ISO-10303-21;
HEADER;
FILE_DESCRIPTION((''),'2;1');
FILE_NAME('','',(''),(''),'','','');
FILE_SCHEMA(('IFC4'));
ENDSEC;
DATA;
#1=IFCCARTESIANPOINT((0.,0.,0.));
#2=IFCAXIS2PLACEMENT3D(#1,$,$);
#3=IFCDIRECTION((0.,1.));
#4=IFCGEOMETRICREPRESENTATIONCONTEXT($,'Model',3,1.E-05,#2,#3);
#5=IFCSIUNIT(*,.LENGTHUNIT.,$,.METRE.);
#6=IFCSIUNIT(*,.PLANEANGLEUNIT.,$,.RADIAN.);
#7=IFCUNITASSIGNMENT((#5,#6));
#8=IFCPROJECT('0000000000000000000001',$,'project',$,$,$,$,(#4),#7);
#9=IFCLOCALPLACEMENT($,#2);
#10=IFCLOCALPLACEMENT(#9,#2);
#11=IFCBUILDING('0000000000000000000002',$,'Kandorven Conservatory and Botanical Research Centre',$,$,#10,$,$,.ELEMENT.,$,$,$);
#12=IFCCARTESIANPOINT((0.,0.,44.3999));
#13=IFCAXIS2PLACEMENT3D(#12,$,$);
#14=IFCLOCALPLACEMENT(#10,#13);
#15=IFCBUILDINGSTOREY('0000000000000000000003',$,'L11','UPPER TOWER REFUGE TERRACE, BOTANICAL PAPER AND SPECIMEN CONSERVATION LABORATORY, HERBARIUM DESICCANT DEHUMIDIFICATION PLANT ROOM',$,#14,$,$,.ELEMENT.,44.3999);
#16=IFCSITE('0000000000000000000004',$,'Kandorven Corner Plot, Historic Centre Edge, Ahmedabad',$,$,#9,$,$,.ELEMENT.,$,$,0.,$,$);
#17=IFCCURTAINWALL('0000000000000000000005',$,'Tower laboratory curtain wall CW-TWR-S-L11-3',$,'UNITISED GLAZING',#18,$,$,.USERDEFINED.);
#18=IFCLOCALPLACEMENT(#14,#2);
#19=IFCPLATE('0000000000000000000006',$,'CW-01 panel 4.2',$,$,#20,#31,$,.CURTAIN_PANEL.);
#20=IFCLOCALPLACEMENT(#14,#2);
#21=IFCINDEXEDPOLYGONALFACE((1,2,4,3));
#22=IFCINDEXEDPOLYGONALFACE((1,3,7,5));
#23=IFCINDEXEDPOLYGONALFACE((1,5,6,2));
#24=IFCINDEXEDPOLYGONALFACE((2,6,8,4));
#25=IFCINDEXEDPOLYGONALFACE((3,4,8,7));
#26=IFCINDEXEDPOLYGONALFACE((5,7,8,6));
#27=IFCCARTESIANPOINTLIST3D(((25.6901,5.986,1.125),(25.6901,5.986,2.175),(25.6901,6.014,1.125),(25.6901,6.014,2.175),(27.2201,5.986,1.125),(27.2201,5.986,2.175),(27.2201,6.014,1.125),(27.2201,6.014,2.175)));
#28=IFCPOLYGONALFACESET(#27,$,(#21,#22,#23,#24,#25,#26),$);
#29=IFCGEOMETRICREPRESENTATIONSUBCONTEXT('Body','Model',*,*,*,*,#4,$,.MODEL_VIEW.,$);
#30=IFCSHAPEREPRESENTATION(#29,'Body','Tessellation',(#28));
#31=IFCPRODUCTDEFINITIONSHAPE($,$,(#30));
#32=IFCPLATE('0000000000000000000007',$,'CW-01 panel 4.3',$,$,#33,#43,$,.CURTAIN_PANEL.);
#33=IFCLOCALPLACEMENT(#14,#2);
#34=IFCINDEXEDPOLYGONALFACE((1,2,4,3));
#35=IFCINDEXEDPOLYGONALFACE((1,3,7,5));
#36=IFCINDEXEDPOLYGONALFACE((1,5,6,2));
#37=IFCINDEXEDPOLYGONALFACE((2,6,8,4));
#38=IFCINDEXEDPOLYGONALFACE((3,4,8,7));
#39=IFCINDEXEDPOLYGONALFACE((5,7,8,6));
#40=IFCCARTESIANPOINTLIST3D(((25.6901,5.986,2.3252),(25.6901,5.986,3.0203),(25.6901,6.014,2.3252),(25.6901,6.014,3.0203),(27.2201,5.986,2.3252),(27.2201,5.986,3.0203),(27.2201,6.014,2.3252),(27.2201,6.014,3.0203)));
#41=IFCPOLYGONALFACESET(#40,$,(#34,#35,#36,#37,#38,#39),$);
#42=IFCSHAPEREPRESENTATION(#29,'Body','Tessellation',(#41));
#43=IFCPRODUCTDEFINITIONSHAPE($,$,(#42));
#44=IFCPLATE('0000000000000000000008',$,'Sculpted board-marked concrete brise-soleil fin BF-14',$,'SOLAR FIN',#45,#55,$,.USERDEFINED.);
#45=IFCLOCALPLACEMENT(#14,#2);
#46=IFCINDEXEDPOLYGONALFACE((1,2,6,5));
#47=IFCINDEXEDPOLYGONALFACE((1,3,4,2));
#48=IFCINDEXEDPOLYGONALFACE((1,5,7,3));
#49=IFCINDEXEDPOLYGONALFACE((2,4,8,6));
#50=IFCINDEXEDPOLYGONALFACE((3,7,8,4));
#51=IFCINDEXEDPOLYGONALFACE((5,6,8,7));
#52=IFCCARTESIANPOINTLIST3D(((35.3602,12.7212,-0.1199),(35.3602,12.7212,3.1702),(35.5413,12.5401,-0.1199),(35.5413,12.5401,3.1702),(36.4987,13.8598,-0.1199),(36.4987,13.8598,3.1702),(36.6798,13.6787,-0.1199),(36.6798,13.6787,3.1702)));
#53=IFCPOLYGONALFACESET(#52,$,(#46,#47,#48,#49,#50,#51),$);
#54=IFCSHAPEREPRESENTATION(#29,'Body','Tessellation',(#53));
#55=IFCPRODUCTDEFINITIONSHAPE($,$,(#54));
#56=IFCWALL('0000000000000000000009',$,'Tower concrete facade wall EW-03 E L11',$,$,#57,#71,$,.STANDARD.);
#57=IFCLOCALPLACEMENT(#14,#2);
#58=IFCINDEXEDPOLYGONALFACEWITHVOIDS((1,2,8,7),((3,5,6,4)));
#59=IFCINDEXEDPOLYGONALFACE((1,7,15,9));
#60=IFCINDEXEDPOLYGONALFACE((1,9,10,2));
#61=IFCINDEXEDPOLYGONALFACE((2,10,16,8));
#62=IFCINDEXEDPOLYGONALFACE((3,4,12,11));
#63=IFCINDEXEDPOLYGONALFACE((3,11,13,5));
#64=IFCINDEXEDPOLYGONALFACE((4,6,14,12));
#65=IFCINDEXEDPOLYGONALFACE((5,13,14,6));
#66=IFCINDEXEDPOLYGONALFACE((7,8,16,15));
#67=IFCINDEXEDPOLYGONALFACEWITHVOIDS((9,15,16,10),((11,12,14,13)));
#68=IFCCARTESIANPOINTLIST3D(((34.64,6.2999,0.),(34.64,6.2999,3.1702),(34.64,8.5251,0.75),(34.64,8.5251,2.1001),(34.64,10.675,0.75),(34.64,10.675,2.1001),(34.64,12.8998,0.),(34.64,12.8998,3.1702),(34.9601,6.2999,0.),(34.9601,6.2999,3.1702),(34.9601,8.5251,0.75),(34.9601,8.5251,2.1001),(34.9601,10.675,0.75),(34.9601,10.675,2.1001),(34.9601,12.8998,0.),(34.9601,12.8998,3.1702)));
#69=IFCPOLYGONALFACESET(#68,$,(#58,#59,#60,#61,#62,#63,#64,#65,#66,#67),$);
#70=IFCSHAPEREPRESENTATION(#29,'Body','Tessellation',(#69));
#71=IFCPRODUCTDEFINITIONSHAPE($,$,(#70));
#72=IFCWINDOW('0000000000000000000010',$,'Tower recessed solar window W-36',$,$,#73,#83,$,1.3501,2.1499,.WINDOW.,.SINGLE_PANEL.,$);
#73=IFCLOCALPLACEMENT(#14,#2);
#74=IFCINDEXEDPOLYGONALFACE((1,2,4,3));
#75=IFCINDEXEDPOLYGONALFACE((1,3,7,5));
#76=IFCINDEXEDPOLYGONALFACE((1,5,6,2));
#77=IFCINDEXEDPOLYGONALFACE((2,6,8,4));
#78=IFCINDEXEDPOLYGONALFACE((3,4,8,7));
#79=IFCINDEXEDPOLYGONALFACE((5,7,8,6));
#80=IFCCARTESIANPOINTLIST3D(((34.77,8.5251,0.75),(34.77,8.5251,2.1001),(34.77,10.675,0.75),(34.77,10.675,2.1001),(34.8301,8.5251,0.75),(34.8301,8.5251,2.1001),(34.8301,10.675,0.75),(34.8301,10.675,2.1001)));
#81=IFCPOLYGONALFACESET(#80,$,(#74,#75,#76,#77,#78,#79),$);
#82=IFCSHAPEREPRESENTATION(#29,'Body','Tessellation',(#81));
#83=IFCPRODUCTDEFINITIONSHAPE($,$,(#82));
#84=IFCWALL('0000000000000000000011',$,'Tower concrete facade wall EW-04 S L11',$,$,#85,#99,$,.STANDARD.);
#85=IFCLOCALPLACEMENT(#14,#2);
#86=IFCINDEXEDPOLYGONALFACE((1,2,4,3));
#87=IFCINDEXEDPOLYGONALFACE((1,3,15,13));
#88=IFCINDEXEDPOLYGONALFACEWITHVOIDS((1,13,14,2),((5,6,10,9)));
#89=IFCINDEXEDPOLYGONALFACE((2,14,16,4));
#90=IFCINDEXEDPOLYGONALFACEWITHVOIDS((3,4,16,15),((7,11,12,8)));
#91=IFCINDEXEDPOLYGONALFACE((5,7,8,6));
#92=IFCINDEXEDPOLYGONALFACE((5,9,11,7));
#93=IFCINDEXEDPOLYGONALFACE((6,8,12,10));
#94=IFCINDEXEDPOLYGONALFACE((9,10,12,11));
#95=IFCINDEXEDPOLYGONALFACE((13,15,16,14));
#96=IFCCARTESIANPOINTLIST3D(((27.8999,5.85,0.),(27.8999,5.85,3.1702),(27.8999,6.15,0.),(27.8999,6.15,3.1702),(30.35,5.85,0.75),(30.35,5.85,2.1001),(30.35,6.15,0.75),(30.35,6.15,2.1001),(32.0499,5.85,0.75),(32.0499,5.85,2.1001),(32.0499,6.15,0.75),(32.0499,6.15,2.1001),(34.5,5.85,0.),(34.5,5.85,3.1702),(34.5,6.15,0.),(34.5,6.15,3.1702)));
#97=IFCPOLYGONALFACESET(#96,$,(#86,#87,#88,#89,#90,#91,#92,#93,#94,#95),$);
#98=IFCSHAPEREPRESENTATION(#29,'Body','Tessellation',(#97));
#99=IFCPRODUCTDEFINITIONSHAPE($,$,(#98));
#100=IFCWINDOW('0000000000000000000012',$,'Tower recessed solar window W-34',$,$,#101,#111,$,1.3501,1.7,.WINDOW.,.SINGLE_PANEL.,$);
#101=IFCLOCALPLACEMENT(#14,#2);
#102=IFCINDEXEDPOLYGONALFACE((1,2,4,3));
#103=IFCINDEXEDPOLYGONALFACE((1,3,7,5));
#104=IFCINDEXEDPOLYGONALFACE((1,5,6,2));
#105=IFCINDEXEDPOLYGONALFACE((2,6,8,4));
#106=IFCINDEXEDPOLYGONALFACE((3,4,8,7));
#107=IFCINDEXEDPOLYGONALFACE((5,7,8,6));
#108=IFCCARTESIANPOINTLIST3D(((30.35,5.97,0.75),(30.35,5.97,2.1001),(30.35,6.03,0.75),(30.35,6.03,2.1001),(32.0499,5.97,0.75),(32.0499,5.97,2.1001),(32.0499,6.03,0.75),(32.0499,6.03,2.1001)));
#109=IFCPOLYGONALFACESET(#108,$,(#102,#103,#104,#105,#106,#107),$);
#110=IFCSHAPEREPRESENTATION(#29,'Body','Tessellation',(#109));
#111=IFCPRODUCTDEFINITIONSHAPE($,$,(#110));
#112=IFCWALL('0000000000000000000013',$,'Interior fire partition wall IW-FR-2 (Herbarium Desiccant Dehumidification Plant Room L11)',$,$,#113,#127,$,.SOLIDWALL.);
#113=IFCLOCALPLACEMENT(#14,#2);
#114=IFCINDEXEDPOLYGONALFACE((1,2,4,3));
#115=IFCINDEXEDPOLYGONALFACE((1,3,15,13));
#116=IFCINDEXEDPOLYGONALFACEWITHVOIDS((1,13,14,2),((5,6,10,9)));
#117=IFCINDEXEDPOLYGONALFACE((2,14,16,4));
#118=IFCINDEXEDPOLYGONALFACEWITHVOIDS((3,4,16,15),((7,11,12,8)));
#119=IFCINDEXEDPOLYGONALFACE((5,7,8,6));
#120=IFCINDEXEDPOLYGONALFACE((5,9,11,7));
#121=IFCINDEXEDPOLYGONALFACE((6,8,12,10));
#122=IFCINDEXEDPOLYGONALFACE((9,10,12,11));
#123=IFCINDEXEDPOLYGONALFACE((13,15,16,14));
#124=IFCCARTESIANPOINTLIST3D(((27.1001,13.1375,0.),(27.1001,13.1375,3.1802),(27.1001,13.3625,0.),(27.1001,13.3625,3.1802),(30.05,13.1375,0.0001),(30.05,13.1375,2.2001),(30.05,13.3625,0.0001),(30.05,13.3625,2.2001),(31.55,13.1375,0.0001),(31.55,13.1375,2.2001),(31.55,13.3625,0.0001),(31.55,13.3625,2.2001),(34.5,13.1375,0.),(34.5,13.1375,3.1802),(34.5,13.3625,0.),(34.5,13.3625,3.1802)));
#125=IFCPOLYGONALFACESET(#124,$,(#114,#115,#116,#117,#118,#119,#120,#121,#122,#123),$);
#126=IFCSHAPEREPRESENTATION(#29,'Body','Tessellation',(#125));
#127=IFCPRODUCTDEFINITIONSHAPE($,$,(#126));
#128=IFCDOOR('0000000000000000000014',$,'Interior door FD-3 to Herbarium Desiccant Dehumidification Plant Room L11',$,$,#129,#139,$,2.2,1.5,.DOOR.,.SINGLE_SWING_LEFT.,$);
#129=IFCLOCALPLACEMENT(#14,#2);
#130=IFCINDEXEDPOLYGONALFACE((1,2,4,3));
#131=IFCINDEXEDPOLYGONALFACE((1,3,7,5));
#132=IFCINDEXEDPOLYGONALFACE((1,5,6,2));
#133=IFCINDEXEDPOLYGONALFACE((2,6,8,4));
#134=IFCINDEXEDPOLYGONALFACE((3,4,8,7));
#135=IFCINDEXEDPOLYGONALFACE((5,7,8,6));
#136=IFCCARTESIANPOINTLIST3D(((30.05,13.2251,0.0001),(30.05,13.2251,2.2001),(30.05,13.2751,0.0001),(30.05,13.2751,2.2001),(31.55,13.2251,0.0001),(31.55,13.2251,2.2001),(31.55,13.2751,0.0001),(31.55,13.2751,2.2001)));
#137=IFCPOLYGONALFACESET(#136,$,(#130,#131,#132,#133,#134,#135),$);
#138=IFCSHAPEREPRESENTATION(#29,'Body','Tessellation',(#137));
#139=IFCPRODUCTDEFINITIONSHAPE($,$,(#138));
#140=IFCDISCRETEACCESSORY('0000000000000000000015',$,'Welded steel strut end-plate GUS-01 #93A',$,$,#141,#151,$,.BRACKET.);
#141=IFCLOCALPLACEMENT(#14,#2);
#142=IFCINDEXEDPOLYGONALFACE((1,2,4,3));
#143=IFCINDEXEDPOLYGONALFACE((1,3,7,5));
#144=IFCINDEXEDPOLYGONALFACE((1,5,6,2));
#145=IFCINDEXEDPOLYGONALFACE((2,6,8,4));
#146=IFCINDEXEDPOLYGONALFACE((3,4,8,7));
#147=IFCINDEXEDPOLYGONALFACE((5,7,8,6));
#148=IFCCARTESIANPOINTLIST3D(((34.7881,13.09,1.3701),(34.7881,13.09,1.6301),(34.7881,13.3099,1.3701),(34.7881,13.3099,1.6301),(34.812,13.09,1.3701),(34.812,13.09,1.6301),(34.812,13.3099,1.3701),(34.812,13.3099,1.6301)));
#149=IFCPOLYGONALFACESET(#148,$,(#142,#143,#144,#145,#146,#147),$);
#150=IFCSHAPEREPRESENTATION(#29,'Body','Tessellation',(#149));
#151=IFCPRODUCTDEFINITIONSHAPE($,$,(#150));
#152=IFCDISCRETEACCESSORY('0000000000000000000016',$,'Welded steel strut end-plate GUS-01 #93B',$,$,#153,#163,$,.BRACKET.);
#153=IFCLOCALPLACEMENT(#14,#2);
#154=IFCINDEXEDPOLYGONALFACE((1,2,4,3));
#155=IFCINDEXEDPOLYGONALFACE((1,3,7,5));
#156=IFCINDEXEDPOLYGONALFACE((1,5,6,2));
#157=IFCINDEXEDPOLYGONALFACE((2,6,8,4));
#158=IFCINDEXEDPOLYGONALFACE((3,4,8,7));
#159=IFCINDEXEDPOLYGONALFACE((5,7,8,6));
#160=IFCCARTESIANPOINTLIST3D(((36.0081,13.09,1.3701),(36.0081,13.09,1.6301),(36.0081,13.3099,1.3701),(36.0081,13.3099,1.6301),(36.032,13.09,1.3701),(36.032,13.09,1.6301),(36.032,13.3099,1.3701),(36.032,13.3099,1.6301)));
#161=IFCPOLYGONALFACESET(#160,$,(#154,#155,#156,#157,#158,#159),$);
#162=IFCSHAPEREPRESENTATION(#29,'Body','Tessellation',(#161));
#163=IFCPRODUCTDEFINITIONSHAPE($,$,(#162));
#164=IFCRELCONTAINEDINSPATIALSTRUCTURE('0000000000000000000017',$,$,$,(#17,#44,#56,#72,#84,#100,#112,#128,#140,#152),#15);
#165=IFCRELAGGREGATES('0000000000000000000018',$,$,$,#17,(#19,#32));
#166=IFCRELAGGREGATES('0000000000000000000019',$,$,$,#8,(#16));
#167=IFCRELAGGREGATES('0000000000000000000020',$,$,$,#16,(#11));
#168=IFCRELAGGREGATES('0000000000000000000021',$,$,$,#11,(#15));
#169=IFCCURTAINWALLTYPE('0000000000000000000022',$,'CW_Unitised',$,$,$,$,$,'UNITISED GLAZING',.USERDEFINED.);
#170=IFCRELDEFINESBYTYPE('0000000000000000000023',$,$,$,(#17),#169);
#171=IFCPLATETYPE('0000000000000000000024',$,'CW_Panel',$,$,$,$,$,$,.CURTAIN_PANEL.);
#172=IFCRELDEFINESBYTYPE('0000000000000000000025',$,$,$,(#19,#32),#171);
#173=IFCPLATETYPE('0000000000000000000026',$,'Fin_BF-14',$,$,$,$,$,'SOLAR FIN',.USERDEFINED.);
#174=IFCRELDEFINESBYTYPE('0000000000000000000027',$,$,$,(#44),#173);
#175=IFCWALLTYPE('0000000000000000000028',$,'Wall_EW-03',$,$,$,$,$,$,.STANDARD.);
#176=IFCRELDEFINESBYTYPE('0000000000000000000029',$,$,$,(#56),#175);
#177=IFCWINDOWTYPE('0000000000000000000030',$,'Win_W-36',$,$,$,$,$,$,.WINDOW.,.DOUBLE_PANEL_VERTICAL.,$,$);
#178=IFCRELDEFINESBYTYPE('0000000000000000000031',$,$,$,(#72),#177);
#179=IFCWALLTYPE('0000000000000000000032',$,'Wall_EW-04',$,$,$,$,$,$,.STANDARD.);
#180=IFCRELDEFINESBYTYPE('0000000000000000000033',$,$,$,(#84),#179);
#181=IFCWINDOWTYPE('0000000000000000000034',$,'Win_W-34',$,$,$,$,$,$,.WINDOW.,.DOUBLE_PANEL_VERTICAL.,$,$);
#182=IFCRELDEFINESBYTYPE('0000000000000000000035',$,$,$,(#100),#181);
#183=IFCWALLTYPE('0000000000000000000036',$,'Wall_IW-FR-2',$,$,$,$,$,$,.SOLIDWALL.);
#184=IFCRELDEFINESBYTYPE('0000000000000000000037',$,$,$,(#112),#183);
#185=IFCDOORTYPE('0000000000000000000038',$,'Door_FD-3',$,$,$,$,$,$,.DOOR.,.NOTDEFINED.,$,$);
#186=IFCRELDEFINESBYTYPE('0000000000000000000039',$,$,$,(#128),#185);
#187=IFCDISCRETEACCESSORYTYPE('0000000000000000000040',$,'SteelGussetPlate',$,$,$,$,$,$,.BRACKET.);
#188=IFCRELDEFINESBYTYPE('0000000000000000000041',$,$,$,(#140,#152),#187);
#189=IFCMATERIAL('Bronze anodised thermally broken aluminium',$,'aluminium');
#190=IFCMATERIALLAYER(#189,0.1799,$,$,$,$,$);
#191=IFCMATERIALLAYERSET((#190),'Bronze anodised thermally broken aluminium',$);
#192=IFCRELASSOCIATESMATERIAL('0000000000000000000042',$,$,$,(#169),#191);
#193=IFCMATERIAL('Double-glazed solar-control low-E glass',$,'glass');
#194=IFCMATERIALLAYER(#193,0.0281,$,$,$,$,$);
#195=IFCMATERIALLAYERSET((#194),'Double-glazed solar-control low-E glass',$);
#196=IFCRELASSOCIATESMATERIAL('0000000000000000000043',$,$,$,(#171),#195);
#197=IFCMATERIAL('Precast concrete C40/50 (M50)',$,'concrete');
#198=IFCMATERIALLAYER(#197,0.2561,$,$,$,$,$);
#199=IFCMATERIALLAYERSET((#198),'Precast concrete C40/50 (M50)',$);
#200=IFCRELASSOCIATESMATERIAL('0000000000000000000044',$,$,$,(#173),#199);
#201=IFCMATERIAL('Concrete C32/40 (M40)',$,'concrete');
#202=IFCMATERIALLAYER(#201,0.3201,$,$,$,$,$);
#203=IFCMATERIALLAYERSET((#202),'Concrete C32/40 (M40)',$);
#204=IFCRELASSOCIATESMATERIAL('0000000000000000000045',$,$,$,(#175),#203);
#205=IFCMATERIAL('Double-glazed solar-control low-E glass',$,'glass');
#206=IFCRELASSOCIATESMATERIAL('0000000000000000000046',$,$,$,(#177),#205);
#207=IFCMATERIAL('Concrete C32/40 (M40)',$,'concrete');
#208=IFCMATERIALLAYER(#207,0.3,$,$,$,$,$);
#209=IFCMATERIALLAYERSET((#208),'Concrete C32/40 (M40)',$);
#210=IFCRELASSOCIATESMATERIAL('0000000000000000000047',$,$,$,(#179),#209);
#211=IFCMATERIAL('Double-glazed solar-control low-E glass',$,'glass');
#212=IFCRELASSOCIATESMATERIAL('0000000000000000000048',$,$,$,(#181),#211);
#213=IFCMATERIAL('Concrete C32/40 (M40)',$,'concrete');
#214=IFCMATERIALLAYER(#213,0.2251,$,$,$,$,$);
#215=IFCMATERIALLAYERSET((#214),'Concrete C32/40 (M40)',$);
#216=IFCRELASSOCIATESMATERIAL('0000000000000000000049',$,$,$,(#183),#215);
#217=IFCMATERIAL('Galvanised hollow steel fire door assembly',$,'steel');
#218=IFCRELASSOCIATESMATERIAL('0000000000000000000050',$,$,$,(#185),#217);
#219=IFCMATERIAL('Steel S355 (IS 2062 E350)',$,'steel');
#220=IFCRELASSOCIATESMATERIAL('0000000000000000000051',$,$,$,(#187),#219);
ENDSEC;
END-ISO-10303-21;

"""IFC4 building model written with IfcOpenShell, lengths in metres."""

from ifc_helpers import new_model, si_unit, direction, frame, frame_2d, origin, origin_2d, place, context, subcontext, project, spatial, rectangle, extrude, material, layer, layer_set, type_object, element, fill, aggregate, save


model = new_model("IFC4")

# Units and contexts
model_context = context("Model", 3, precision=1e-05, world=origin(), true_north=direction((0.0, 1.0)))
body_context = subcontext(model_context, "Body", "Model", "MODEL_VIEW")
ifc_project = project(units=[si_unit("LENGTHUNIT", "METRE"), si_unit("PLANEANGLEUNIT", "RADIAN")], contexts=[model_context])

# Site, building, storey
site_placement = place(None, origin())
site = spatial("IfcSite", under=ifc_project, at=site_placement, Name="Kandorven Corner Plot, Historic Centre Edge, Ahmedabad", CompositionType="ELEMENT", RefElevation=0.0)
building_placement = place(site_placement, origin())
building = spatial("IfcBuilding", under=site, at=building_placement, Name="Kandorven Conservatory and Botanical Research Centre", CompositionType="ELEMENT")
storey_placement = place(building_placement, frame((0.0, 0.0, 44.3999)))
storey = spatial("IfcBuildingStorey", under=building, at=storey_placement, Name="L11", Description="UPPER TOWER REFUGE TERRACE, BOTANICAL PAPER AND SPECIMEN CONSERVATION LABORATORY, HERBARIUM DESICCANT DEHUMIDIFICATION PLANT ROOM", CompositionType="ELEMENT", Elevation=44.3999)

# Curtain wall
ifc_material_1 = material(Name="Bronze anodised thermally broken aluminium", Category="aluminium")
ifc_layer_1 = layer(ifc_material_1, 0.1799)
ifc_layer_set_1 = layer_set([ifc_layer_1], Name="Bronze anodised thermally broken aluminium")
curtain_wall_type = type_object("IfcCurtainWallType", Name="CW_Unitised", ElementType="UNITISED GLAZING", PredefinedType="USERDEFINED", material=ifc_layer_set_1)
curtain_wall_placement = place(storey_placement, origin())
curtain_wall = element("IfcCurtainWall", 1, at=curtain_wall_placement, inside=storey, type_object=curtain_wall_type, Name="Tower laboratory curtain wall CW-TWR-S-L11-3", ObjectType="UNITISED GLAZING", PredefinedType="USERDEFINED")

# Plates
ifc_material_2 = material(Name="Double-glazed solar-control low-E glass", Category="glass")
ifc_layer_2 = layer(ifc_material_2, 0.0281)
ifc_layer_set_2 = layer_set([ifc_layer_2], Name="Double-glazed solar-control low-E glass")
plate_type_1 = type_object("IfcPlateType", Name="CW_Panel", PredefinedType="CURTAIN_PANEL", material=ifc_layer_set_2)
plate_1_placement = place(storey_placement, frame((26.4551, 6.0, 1.125), z_axis=(0.0, 0.0, 1.0), x_axis=(1.0, 0.0, 0.0)))
plate_1 = element("IfcPlate", 2, at=plate_1_placement, type_object=plate_type_1, Name="CW-01 panel 4.2", PredefinedType="CURTAIN_PANEL", context=body_context, shape_type="SweptSolid", body=[
    extrude(rectangle(XDim=1.53, YDim=0.0281, at=origin_2d()), origin(), (0.0, 0.0, 1.0), 1.05),
])
plate_2_placement = place(storey_placement, frame((26.4551, 6.0, 2.3252), z_axis=(0.0, 0.0, 1.0), x_axis=(1.0, 0.0, 0.0)))
plate_2 = element("IfcPlate", 3, at=plate_2_placement, type_object=plate_type_1, Name="CW-01 panel 4.3", PredefinedType="CURTAIN_PANEL", context=body_context, shape_type="SweptSolid", body=[
    extrude(rectangle(XDim=1.53, YDim=0.0281, at=origin_2d()), origin(), (0.0, 0.0, 1.0), 0.6951),
])
aggregate(curtain_wall, [plate_1, plate_2])
ifc_material_3 = material(Name="Precast concrete C40/50 (M50)", Category="concrete")
ifc_layer_3 = layer(ifc_material_3, 0.2561)
ifc_layer_set_3 = layer_set([ifc_layer_3], Name="Precast concrete C40/50 (M50)")
plate_type_2 = type_object("IfcPlateType", Name="Fin_BF-14", ElementType="SOLAR FIN", PredefinedType="USERDEFINED", material=ifc_layer_set_3)
plate_3_placement = place(storey_placement, frame((36.02, 13.2, -0.1199), z_axis=(0.0, 0.0, 1.0), x_axis=(0.707107, 0.707107, 0.0)))
element("IfcPlate", 4, at=plate_3_placement, inside=storey, type_object=plate_type_2, Name="Sculpted board-marked concrete brise-soleil fin BF-14", ObjectType="SOLAR FIN", PredefinedType="USERDEFINED", context=body_context, shape_type="SweptSolid", body=[
    extrude(rectangle(XDim=1.6101, YDim=0.2561, at=origin_2d()), origin(), (0.0, 0.0, 1.0), 3.29),
])

# Walls, openings, windows
ifc_material_4 = material(Name="Concrete C32/40 (M40)", Category="concrete")
ifc_layer_4 = layer(ifc_material_4, 0.3201)
ifc_layer_set_4 = layer_set([ifc_layer_4], Name="Concrete C32/40 (M40)")
wall_type_1 = type_object("IfcWallType", Name="Wall_EW-03", PredefinedType="STANDARD", material=ifc_layer_set_4)
wall_1_placement = place(storey_placement, frame((34.8, 6.3, 0.0), z_axis=(0.0, 0.0, 1.0), x_axis=(0.0, 1.0, 0.0)))
wall_1 = element("IfcWall", 5, at=wall_1_placement, inside=storey, type_object=wall_type_1, Name="Tower concrete facade wall EW-03 E L11", PredefinedType="STANDARD", context=body_context, shape_type="SweptSolid", body=[
    extrude(rectangle(XDim=6.5999, YDim=0.3201, at=frame_2d((3.2998, 0.0))), origin(), (0.0, 0.0, 1.0), 3.1702),
])
opening_1_placement = place(wall_1_placement, frame((2.2251, 0.0, 0.75)))
opening_1 = element("IfcOpeningElement", 6, at=opening_1_placement, cuts=wall_1, PredefinedType="OPENING", context=body_context, shape_type="SweptSolid", body=[
    extrude(rectangle(XDim=2.1499, YDim=1.3501, at=frame_2d((1.075, 0.675))), frame((0.0, 0.1699, 0.0), z_axis=(0.0, -1.0, 0.0), x_axis=(1.0, 0.0, 0.0)), (0.0, 0.0, 1.0), 0.3401),
])
ifc_material_5 = material(Name="Double-glazed solar-control low-E glass", Category="glass")
window_type_1 = type_object("IfcWindowType", Name="Win_W-36", PartitioningType="DOUBLE_PANEL_VERTICAL", PredefinedType="WINDOW", material=ifc_material_5)
window_1_placement = place(opening_1_placement, origin())
window_1 = element("IfcWindow", 7, at=window_1_placement, inside=storey, type_object=window_type_1, Name="Tower recessed solar window W-36", OverallHeight=1.3501, OverallWidth=2.1499, PartitioningType="SINGLE_PANEL", PredefinedType="WINDOW", context=body_context, shape_type="SweptSolid", body=[
    extrude(rectangle(XDim=2.1499, YDim=1.3501, at=frame_2d((1.075, 0.675))), frame((0.0, 0.03, 0.0), z_axis=(0.0, -1.0, 0.0), x_axis=(1.0, 0.0, 0.0)), (0.0, 0.0, 1.0), 0.0601),
])
fill(opening_1, window_1)
ifc_material_6 = material(Name="Concrete C32/40 (M40)", Category="concrete")
ifc_layer_5 = layer(ifc_material_6, 0.3)
ifc_layer_set_5 = layer_set([ifc_layer_5], Name="Concrete C32/40 (M40)")
wall_type_2 = type_object("IfcWallType", Name="Wall_EW-04", PredefinedType="STANDARD", material=ifc_layer_set_5)
wall_2_placement = place(storey_placement, frame((27.8999, 6.0, 0.0), z_axis=(0.0, 0.0, 1.0), x_axis=(1.0, 0.0, 0.0)))
wall_2 = element("IfcWall", 8, at=wall_2_placement, inside=storey, type_object=wall_type_2, Name="Tower concrete facade wall EW-04 S L11", PredefinedType="STANDARD", context=body_context, shape_type="SweptSolid", body=[
    extrude(rectangle(XDim=6.6001, YDim=0.3, at=frame_2d((3.3, 0.0))), origin(), (0.0, 0.0, 1.0), 3.1702),
])
opening_2_placement = place(wall_2_placement, frame((2.45, 0.0, 0.75)))
opening_2 = element("IfcOpeningElement", 9, at=opening_2_placement, cuts=wall_2, PredefinedType="OPENING", context=body_context, shape_type="SweptSolid", body=[
    extrude(rectangle(XDim=1.7, YDim=1.3501, at=frame_2d((0.8501, 0.675))), frame((0.0, 0.1599, 0.0), z_axis=(0.0, -1.0, 0.0), x_axis=(1.0, 0.0, 0.0)), (0.0, 0.0, 1.0), 0.3201),
])
ifc_material_7 = material(Name="Double-glazed solar-control low-E glass", Category="glass")
window_type_2 = type_object("IfcWindowType", Name="Win_W-34", PartitioningType="DOUBLE_PANEL_VERTICAL", PredefinedType="WINDOW", material=ifc_material_7)
window_2_placement = place(opening_2_placement, origin())
window_2 = element("IfcWindow", 10, at=window_2_placement, inside=storey, type_object=window_type_2, Name="Tower recessed solar window W-34", OverallHeight=1.3501, OverallWidth=1.7, PartitioningType="SINGLE_PANEL", PredefinedType="WINDOW", context=body_context, shape_type="SweptSolid", body=[
    extrude(rectangle(XDim=1.7, YDim=1.3501, at=frame_2d((0.8501, 0.675))), frame((0.0, 0.03, 0.0), z_axis=(0.0, -1.0, 0.0), x_axis=(1.0, 0.0, 0.0)), (0.0, 0.0, 1.0), 0.0601),
])
fill(opening_2, window_2)

# Wall, opening, door
ifc_material_8 = material(Name="Concrete C32/40 (M40)", Category="concrete")
ifc_layer_6 = layer(ifc_material_8, 0.2251)
ifc_layer_set_6 = layer_set([ifc_layer_6], Name="Concrete C32/40 (M40)")
wall_type_3 = type_object("IfcWallType", Name="Wall_IW-FR-2", PredefinedType="SOLIDWALL", material=ifc_layer_set_6)
wall_3_placement = place(storey_placement, frame((27.1001, 13.25, 0.0), z_axis=(0.0, 0.0, 1.0), x_axis=(1.0, 0.0, 0.0)))
wall_3 = element("IfcWall", 11, at=wall_3_placement, inside=storey, type_object=wall_type_3, Name="Interior fire partition wall IW-FR-2 (Herbarium Desiccant Dehumidification Plant Room L11)", PredefinedType="SOLIDWALL", context=body_context, shape_type="SweptSolid", body=[
    extrude(rectangle(XDim=7.3999, YDim=0.2251, at=frame_2d((3.7, 0.0))), origin(), (0.0, 0.0, 1.0), 3.1802),
])
opening_3_placement = place(wall_3_placement, frame((2.95, 0.0, 0.0)))
opening_3 = element("IfcOpeningElement", 12, at=opening_3_placement, cuts=wall_3, PredefinedType="OPENING", context=body_context, shape_type="SweptSolid", body=[
    extrude(rectangle(XDim=1.5, YDim=2.2, at=frame_2d((0.75, 1.1001))), frame((0.0, 0.1226, 0.0), z_axis=(0.0, -1.0, 0.0), x_axis=(1.0, 0.0, 0.0)), (0.0, 0.0, 1.0), 0.2451),
])
ifc_material_9 = material(Name="Galvanised hollow steel fire door assembly", Category="steel")
door_type = type_object("IfcDoorType", Name="Door_FD-3", OperationType="NOTDEFINED", PredefinedType="DOOR", material=ifc_material_9)
door_placement = place(opening_3_placement, frame((1.5, 0.0, 0.0), z_axis=(0.0, 0.0, 1.0), x_axis=(-1.0, 0.0, 0.0)))
door = element("IfcDoor", 13, at=door_placement, inside=storey, type_object=door_type, Name="Interior door FD-3 to Herbarium Desiccant Dehumidification Plant Room L11", OperationType="SINGLE_SWING_LEFT", OverallHeight=2.2, OverallWidth=1.5, PredefinedType="DOOR", context=body_context, shape_type="SweptSolid", body=[
    extrude(rectangle(XDim=1.5, YDim=2.2, at=frame_2d((0.75, 1.1001))), frame((0.0, 0.0249, 0.0), z_axis=(0.0, -1.0, 0.0), x_axis=(1.0, 0.0, 0.0)), (0.0, 0.0, 1.0), 0.05),
])
fill(opening_3, door)

# Discrete accessories
ifc_material_10 = material(Name="Steel S355 (IS 2062 E350)", Category="steel")
discrete_accessory_type = type_object("IfcDiscreteAccessoryType", Name="SteelGussetPlate", PredefinedType="BRACKET", material=ifc_material_10)
for number, where, z_axis, x_axis, name in (
    (14, (34.8, 13.2, 1.3701), (0.0, 0.0, 1.0), (1.0, 0.0, 0.0), "Welded steel strut end-plate GUS-01 #93A"),
    (15, (36.02, 13.2, 1.3701), (0.0, 0.0, 1.0), (1.0, 0.0, 0.0), "Welded steel strut end-plate GUS-01 #93B"),
):
    element("IfcDiscreteAccessory", number, at=place(storey_placement, frame(where, z_axis=z_axis, x_axis=x_axis)), inside=storey, type_object=discrete_accessory_type, Name=name, PredefinedType="BRACKET", context=body_context, shape_type="SweptSolid", body=[
        extrude(rectangle(XDim=0.0239, YDim=0.22, at=origin_2d()), origin(), (0.0, 0.0, 1.0), 0.26),
    ])

save(model, "model.ifc")
